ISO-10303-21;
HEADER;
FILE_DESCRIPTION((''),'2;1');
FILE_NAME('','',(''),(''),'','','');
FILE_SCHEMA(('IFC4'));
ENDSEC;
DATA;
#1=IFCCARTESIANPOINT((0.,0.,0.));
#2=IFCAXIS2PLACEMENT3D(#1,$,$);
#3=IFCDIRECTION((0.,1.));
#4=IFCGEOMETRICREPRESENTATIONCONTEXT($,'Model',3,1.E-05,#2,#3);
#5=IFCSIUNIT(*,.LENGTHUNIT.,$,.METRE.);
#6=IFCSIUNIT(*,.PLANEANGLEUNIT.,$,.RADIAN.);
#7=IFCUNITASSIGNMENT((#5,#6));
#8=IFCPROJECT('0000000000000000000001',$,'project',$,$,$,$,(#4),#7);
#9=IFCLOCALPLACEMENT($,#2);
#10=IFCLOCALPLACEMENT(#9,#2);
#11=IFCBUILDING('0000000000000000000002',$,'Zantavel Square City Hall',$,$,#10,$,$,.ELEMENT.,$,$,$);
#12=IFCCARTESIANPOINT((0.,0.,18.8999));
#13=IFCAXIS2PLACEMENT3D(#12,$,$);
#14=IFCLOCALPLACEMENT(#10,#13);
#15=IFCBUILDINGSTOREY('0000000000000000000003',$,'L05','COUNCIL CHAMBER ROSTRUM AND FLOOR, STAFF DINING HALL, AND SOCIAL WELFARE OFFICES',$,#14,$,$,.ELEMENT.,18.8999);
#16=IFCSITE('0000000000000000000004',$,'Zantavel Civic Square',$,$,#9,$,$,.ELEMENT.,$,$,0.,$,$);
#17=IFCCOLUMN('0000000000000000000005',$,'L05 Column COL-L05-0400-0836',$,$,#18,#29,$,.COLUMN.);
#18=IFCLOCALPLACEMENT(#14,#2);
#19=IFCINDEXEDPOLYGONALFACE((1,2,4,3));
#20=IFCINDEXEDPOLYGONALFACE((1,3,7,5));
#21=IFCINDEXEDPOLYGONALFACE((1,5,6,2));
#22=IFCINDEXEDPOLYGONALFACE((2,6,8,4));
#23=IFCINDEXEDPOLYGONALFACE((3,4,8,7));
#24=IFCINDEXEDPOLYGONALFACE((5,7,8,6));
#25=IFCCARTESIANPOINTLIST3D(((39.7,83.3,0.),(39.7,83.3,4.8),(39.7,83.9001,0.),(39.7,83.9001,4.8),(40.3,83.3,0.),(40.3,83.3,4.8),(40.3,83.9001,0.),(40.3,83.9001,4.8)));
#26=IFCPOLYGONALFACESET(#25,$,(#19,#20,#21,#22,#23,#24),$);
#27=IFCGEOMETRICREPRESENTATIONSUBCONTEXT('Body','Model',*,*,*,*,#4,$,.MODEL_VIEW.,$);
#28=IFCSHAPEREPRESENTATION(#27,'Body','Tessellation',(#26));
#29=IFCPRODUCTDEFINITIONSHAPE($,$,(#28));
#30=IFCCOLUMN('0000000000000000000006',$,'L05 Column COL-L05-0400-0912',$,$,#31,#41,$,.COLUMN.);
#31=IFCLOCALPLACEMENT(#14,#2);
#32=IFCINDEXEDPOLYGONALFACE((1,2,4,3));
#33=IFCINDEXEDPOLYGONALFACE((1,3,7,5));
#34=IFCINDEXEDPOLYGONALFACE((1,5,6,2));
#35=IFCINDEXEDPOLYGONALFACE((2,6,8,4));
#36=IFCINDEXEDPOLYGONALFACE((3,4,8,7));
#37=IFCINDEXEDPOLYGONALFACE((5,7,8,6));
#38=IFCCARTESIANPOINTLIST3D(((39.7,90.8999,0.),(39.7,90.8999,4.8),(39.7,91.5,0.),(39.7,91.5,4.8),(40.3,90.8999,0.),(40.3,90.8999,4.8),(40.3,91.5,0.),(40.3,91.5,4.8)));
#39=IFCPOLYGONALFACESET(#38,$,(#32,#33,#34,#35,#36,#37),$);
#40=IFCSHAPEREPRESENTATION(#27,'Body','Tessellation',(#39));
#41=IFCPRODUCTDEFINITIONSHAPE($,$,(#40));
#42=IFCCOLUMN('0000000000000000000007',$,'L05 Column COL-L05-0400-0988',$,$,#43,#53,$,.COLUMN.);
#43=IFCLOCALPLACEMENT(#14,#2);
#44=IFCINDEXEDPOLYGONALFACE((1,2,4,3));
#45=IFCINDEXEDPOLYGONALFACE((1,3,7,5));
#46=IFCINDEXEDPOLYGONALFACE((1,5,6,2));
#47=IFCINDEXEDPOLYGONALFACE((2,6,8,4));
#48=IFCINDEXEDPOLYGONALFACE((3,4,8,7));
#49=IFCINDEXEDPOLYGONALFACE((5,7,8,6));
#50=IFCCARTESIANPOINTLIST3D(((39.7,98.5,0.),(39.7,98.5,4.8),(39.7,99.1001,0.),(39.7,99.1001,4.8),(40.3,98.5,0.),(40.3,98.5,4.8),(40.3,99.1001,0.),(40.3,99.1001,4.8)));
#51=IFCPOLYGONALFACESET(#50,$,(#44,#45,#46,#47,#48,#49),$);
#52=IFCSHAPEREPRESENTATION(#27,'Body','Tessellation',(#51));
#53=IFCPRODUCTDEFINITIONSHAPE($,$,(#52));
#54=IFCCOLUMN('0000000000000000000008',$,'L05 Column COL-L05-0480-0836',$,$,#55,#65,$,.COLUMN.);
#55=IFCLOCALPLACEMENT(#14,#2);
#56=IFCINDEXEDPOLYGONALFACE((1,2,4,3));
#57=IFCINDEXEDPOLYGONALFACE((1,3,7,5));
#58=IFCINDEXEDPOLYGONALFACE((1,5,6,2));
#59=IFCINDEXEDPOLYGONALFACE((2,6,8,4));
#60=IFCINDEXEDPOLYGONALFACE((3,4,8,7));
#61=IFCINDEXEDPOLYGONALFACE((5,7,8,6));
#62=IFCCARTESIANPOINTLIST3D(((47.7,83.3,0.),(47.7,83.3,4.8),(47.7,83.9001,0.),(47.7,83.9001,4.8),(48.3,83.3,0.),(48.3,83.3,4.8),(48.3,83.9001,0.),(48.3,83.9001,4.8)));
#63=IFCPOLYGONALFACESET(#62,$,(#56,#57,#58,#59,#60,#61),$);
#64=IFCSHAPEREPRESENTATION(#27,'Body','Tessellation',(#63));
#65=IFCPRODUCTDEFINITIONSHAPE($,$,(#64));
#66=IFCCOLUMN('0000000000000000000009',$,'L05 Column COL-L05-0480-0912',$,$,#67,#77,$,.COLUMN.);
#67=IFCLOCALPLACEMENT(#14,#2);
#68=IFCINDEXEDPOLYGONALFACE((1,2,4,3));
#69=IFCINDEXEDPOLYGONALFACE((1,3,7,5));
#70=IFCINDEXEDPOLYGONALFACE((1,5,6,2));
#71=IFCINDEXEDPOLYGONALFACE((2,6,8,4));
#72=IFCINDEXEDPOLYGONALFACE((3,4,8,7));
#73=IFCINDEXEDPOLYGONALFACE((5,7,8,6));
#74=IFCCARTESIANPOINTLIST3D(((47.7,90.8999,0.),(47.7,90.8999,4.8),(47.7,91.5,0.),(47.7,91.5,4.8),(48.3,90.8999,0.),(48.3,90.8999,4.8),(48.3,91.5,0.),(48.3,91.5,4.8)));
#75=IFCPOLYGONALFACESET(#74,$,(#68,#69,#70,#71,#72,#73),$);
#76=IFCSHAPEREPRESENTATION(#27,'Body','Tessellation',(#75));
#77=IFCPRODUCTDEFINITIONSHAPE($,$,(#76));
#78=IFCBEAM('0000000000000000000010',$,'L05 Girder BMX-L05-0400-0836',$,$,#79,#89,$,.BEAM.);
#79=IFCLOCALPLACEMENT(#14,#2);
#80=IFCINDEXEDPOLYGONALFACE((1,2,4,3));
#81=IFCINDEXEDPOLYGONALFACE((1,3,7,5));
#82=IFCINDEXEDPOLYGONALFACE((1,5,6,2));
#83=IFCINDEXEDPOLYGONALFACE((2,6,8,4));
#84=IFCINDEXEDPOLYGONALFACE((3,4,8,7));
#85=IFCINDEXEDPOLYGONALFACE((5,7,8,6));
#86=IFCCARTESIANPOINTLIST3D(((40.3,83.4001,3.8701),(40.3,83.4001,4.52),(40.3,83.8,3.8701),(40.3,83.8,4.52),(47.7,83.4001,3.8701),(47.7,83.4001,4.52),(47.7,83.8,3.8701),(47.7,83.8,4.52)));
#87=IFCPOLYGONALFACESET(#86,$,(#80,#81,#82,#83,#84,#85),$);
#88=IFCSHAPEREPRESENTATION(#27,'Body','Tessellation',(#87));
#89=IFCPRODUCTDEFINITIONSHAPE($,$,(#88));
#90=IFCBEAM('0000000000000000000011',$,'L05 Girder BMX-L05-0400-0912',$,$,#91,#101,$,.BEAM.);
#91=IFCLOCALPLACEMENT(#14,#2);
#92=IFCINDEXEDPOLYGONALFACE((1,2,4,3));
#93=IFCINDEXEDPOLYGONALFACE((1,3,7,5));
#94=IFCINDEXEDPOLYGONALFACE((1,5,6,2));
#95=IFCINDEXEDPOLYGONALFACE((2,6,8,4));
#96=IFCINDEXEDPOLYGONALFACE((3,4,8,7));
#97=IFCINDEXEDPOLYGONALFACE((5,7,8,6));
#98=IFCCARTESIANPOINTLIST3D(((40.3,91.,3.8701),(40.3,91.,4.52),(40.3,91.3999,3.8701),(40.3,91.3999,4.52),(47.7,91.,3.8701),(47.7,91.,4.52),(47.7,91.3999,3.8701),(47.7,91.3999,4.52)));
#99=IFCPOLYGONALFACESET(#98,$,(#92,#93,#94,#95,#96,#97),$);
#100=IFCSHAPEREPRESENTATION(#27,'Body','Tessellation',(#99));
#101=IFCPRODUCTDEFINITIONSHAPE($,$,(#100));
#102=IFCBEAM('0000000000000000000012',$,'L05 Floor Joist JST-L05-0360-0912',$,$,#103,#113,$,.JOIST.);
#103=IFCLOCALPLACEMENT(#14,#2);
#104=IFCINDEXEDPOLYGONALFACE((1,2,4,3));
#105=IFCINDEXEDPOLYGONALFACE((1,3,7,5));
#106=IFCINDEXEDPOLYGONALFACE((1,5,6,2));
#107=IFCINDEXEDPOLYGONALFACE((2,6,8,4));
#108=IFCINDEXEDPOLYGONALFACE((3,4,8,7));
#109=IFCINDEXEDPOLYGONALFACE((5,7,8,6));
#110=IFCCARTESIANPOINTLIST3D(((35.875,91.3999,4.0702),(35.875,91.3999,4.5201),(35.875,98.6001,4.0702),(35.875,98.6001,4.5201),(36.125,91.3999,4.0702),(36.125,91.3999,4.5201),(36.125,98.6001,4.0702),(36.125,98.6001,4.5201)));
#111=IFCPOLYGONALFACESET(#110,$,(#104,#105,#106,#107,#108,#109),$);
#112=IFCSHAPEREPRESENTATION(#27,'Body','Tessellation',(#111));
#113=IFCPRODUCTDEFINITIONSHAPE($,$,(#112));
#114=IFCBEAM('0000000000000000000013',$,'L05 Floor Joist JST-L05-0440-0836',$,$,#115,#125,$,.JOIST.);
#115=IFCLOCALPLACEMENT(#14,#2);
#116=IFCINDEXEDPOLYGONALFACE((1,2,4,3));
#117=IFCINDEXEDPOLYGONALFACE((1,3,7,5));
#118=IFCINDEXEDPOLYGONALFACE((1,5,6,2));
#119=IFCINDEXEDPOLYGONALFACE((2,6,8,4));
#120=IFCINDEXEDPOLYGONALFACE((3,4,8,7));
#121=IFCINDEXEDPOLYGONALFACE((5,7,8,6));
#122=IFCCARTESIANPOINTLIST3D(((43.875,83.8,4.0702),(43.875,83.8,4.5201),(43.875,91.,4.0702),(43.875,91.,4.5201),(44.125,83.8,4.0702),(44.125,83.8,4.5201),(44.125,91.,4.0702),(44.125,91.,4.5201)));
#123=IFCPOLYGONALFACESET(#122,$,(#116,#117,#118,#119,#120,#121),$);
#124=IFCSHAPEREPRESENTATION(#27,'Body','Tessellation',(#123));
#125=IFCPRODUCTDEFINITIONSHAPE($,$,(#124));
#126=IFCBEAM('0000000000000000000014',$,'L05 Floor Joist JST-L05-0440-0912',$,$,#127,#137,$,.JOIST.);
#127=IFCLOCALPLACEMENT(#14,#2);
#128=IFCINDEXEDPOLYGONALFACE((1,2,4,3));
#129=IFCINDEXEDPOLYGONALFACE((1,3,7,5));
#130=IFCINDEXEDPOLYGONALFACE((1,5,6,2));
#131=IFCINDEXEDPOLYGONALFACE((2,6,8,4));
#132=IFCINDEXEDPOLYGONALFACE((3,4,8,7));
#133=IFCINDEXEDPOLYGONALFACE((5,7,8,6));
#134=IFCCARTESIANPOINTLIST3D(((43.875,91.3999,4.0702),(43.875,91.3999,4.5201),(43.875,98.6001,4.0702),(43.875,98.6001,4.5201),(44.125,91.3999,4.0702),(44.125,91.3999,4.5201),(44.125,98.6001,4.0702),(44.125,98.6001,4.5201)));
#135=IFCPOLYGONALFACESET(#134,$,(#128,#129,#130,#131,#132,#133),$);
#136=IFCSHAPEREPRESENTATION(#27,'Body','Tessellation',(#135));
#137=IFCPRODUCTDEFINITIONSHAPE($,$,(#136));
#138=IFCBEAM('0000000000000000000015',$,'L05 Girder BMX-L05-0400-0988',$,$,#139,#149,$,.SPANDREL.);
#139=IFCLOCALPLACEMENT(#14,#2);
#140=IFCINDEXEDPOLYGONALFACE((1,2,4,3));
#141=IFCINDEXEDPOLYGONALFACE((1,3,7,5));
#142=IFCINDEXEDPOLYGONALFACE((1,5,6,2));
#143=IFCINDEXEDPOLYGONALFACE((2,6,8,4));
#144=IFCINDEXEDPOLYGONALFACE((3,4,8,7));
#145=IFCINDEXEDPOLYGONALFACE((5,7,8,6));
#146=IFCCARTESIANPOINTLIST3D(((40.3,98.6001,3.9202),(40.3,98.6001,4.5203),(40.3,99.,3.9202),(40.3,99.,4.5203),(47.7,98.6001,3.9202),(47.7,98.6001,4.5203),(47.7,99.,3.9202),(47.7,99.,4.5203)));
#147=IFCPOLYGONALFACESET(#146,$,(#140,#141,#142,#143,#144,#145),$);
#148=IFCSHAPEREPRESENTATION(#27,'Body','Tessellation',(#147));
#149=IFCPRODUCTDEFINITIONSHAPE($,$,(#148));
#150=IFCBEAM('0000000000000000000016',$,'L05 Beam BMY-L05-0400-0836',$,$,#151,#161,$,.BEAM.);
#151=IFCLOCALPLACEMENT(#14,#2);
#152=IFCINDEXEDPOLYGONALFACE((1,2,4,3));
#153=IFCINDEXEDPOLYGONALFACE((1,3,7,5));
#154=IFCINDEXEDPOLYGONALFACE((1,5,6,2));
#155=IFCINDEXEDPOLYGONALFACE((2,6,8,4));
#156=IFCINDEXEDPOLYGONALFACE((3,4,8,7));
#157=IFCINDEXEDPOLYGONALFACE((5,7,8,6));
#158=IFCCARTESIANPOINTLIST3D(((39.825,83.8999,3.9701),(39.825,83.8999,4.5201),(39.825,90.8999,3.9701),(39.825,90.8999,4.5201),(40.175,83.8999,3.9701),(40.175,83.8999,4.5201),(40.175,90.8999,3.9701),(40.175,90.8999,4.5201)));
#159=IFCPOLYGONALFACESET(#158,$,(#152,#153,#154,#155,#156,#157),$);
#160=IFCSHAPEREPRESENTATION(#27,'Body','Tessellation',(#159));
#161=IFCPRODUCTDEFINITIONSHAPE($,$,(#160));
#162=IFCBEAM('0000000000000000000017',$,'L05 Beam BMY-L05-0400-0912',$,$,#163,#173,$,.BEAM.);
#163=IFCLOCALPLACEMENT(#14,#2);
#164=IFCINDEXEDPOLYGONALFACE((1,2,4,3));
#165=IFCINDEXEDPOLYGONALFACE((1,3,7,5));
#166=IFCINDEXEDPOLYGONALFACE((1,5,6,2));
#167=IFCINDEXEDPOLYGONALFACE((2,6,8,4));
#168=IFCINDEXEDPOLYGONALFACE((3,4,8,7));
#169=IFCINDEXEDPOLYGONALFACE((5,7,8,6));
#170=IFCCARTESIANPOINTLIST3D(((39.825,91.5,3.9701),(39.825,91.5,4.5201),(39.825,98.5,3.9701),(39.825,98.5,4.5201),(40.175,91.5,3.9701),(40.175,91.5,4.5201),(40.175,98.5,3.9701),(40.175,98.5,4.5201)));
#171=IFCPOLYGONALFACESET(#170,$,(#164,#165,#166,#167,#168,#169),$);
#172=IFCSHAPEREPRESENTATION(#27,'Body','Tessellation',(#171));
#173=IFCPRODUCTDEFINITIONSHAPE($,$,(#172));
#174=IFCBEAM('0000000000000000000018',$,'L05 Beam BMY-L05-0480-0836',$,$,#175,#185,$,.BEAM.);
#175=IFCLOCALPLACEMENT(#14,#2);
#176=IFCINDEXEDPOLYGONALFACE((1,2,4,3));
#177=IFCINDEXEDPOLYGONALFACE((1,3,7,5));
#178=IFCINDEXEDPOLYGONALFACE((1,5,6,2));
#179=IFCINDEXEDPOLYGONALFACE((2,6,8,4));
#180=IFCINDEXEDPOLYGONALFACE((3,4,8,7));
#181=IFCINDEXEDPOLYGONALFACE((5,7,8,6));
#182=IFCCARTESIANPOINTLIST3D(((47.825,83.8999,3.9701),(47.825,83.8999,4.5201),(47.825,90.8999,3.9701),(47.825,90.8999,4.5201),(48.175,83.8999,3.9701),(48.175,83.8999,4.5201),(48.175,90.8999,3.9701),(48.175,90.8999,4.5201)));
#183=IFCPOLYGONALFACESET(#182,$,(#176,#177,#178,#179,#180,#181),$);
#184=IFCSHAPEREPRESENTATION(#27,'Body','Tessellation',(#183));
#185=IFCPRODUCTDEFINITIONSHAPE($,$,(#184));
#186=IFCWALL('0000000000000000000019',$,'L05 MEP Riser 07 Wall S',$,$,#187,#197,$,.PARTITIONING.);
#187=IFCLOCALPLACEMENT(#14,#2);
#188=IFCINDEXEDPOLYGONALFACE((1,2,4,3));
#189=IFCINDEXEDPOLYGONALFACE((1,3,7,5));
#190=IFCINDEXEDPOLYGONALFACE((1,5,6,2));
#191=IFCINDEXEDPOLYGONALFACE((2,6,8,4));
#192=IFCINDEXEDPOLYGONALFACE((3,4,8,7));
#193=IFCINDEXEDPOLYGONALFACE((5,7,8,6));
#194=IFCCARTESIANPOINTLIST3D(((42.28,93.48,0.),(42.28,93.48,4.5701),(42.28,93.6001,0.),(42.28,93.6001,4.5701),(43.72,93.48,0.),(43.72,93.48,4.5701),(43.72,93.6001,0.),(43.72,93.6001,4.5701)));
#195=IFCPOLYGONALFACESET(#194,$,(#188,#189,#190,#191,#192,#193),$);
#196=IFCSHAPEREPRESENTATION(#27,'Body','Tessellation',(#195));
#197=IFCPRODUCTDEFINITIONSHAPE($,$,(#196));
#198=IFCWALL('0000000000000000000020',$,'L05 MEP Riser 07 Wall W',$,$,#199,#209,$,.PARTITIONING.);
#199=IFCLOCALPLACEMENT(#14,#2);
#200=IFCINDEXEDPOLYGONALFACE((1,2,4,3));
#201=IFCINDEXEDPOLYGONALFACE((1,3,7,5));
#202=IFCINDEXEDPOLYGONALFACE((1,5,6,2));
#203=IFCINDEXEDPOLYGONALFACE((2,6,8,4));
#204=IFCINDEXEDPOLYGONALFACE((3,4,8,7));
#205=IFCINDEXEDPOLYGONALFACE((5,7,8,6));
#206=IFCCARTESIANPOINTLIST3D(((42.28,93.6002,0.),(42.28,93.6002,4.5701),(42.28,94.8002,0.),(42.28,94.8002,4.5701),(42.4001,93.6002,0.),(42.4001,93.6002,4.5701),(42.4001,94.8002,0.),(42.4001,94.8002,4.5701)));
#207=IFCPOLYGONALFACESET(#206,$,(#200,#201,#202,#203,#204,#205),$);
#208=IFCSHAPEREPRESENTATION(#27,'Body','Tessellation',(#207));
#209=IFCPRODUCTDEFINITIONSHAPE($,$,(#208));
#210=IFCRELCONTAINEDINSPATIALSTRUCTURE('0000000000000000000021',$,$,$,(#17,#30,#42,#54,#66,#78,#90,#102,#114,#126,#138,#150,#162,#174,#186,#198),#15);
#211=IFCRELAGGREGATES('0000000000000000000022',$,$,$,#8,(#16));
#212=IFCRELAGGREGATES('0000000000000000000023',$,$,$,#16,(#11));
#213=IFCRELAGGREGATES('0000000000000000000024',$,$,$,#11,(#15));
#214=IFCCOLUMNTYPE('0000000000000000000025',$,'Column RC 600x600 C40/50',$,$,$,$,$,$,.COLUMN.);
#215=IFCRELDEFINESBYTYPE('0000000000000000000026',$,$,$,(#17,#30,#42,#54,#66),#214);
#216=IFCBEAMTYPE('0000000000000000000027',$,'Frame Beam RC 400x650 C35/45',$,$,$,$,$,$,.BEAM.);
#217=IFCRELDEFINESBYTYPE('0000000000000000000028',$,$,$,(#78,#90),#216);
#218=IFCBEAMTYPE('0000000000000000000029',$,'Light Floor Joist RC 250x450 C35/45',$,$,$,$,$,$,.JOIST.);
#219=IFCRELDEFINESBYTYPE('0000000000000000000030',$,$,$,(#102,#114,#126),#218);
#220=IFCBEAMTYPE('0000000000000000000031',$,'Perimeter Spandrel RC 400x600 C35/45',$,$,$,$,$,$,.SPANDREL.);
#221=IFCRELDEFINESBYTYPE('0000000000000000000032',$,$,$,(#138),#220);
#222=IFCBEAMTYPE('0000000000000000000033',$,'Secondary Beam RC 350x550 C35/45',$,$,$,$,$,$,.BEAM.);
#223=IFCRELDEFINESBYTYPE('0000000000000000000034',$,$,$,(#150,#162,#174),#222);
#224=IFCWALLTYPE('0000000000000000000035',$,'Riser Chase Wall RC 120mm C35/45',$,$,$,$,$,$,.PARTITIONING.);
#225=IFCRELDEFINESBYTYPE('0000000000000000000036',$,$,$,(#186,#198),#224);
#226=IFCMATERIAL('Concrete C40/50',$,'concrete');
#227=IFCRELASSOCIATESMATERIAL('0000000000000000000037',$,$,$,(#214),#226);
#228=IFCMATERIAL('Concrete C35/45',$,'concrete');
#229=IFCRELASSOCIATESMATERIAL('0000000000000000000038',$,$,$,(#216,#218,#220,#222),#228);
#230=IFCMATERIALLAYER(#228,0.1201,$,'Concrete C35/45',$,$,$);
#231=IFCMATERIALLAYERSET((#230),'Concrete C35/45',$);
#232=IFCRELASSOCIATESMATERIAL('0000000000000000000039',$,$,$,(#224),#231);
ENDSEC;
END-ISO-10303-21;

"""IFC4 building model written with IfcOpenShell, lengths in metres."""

from ifc_helpers import new_model, si_unit, direction, frame, frame_2d, origin, origin_2d, place, context, subcontext, project, spatial, rectangle, extrude, material, layer, layer_set, material_profile, profile_set, type_object, element, save


model = new_model("IFC4")

# Units and contexts
model_context = context("Model", 3, precision=1e-05, world=origin(), true_north=direction((0.0, 1.0)))
body_context = subcontext(model_context, "Body", "Model", "MODEL_VIEW")
ifc_project = project(units=[si_unit("LENGTHUNIT", "METRE"), si_unit("PLANEANGLEUNIT", "RADIAN")], contexts=[model_context])

# Site, building, storey
site_placement = place(None, origin())
site = spatial("IfcSite", under=ifc_project, at=site_placement, Name="Zantavel Civic Square", CompositionType="ELEMENT", RefElevation=0.0)
building_placement = place(site_placement, origin())
building = spatial("IfcBuilding", under=site, at=building_placement, Name="Zantavel Square City Hall", CompositionType="ELEMENT")
storey_placement = place(building_placement, frame((0.0, 0.0, 18.8999)))
storey = spatial("IfcBuildingStorey", under=building, at=storey_placement, Name="L05", Description="COUNCIL CHAMBER ROSTRUM AND FLOOR, STAFF DINING HALL, AND SOCIAL WELFARE OFFICES", CompositionType="ELEMENT", Elevation=18.8999)

# Columns
ifc_material_1 = material(Name="Concrete C40/50", Category="concrete")
ifc_material_profile_1 = material_profile(ifc_material_1, rectangle(XDim=0.6001, YDim=0.6001, at=origin_2d()), Name="RC 600x600")
ifc_profile_set_1 = profile_set([ifc_material_profile_1], Name="Concrete C40/50")
column_type = type_object("IfcColumnType", Name="Column RC 600x600 C40/50", PredefinedType="COLUMN", material=ifc_profile_set_1)
for number, where, z_axis, x_axis, name in (
    (1, (40.0, 83.6001, 0.0), (0.0, 0.0, 1.0), (1.0, 0.0, 0.0), "L05 Column COL-L05-0400-0836"),
    (2, (40.0, 91.2, 0.0), (0.0, 0.0, 1.0), (1.0, 0.0, 0.0), "L05 Column COL-L05-0400-0912"),
    (3, (40.0, 98.8, 0.0), (0.0, 0.0, 1.0), (1.0, 0.0, 0.0), "L05 Column COL-L05-0400-0988"),
    (4, (48.0, 83.6001, 0.0), (0.0, 0.0, 1.0), (1.0, 0.0, 0.0), "L05 Column COL-L05-0480-0836"),
    (5, (48.0, 91.2, 0.0), (0.0, 0.0, 1.0), (1.0, 0.0, 0.0), "L05 Column COL-L05-0480-0912"),
):
    element("IfcColumn", number, at=place(storey_placement, frame(where, z_axis=z_axis, x_axis=x_axis)), inside=storey, type_object=column_type, Name=name, PredefinedType="COLUMN", context=body_context, shape_type="SweptSolid", body=[
        extrude(rectangle(XDim=0.6001, YDim=0.6001, at=origin_2d()), origin(), (0.0, 0.0, 1.0), 4.8),
    ])

# Beams
ifc_material_2 = material(Name="Concrete C35/45", Category="concrete")
ifc_material_profile_2 = material_profile(ifc_material_2, rectangle(XDim=0.3999, YDim=0.6499, at=origin_2d()), Name="RC 400x650")
ifc_profile_set_2 = profile_set([ifc_material_profile_2], Name="Concrete C35/45")
beam_type_1 = type_object("IfcBeamType", Name="Frame Beam RC 400x650 C35/45", PredefinedType="BEAM", material=ifc_profile_set_2)
for number, where, z_axis, x_axis, name in (
    (6, (40.3, 83.6001, 4.1951), (1.0, 0.0, 0.0), (0.0, 1.0, 0.0), "L05 Girder BMX-L05-0400-0836"),
    (7, (40.3, 91.2, 4.1951), (1.0, 0.0, 0.0), (0.0, 1.0, 0.0), "L05 Girder BMX-L05-0400-0912"),
):
    element("IfcBeam", number, at=place(storey_placement, frame(where, z_axis=z_axis, x_axis=x_axis)), inside=storey, type_object=beam_type_1, Name=name, PredefinedType="BEAM", context=body_context, shape_type="SweptSolid", body=[
        extrude(rectangle(XDim=0.3999, YDim=0.6499, at=origin_2d()), origin(), (0.0, 0.0, 1.0), 7.3999),
    ])
ifc_material_profile_3 = material_profile(ifc_material_2, rectangle(XDim=0.25, YDim=0.45, at=origin_2d()), Name="RC 250x450")
ifc_profile_set_3 = profile_set([ifc_material_profile_3], Name="Concrete C35/45")
beam_type_2 = type_object("IfcBeamType", Name="Light Floor Joist RC 250x450 C35/45", PredefinedType="JOIST", material=ifc_profile_set_3)
beam_1_placement = place(storey_placement, frame((36.0, 91.3999, 4.2952), z_axis=(0.0, 1.0, 0.0), x_axis=(-1.0, 0.0, 0.0)))
element("IfcBeam", 8, at=beam_1_placement, inside=storey, type_object=beam_type_2, Name="L05 Floor Joist JST-L05-0360-0912", PredefinedType="JOIST", context=body_context, shape_type="SweptSolid", body=[
    extrude(rectangle(XDim=0.25, YDim=0.45, at=origin_2d()), origin(), (0.0, 0.0, 1.0), 7.2002),
])
beam_2_placement = place(storey_placement, frame((44.0, 83.8, 4.2952), z_axis=(0.0, 1.0, 0.0), x_axis=(-1.0, 0.0, 0.0)))
element("IfcBeam", 9, at=beam_2_placement, inside=storey, type_object=beam_type_2, Name="L05 Floor Joist JST-L05-0440-0836", PredefinedType="JOIST", context=body_context, shape_type="SweptSolid", body=[
    extrude(rectangle(XDim=0.25, YDim=0.45, at=origin_2d()), origin(), (0.0, 0.0, 1.0), 7.2),
])
beam_3_placement = place(storey_placement, frame((44.0, 91.3999, 4.2952), z_axis=(0.0, 1.0, 0.0), x_axis=(-1.0, 0.0, 0.0)))
element("IfcBeam", 10, at=beam_3_placement, inside=storey, type_object=beam_type_2, Name="L05 Floor Joist JST-L05-0440-0912", PredefinedType="JOIST", context=body_context, shape_type="SweptSolid", body=[
    extrude(rectangle(XDim=0.25, YDim=0.45, at=origin_2d()), origin(), (0.0, 0.0, 1.0), 7.2002),
])
ifc_material_profile_4 = material_profile(ifc_material_2, rectangle(XDim=0.3999, YDim=0.6001, at=origin_2d()), Name="RC 400x600")
ifc_profile_set_4 = profile_set([ifc_material_profile_4], Name="Concrete C35/45")
beam_type_3 = type_object("IfcBeamType", Name="Perimeter Spandrel RC 400x600 C35/45", PredefinedType="SPANDREL", material=ifc_profile_set_4)
beam_4_placement = place(storey_placement, frame((40.3, 98.8, 4.2202), z_axis=(1.0, 0.0, 0.0), x_axis=(0.0, 1.0, 0.0)))
element("IfcBeam", 11, at=beam_4_placement, inside=storey, type_object=beam_type_3, Name="L05 Girder BMX-L05-0400-0988", PredefinedType="SPANDREL", context=body_context, shape_type="SweptSolid", body=[
    extrude(rectangle(XDim=0.3999, YDim=0.6001, at=origin_2d()), origin(), (0.0, 0.0, 1.0), 7.3999),
])
ifc_material_profile_5 = material_profile(ifc_material_2, rectangle(XDim=0.3501, YDim=0.55, at=origin_2d()), Name="RC 350x550")
ifc_profile_set_5 = profile_set([ifc_material_profile_5], Name="Concrete C35/45")
beam_type_4 = type_object("IfcBeamType", Name="Secondary Beam RC 350x550 C35/45", PredefinedType="BEAM", material=ifc_profile_set_5)
for number, where, z_axis, x_axis, name in (
    (12, (40.0, 83.8999, 4.2451), (0.0, 1.0, 0.0), (-1.0, 0.0, 0.0), "L05 Beam BMY-L05-0400-0836"),
    (13, (40.0, 91.5, 4.2451), (0.0, 1.0, 0.0), (-1.0, 0.0, 0.0), "L05 Beam BMY-L05-0400-0912"),
    (14, (48.0, 83.8999, 4.2451), (0.0, 1.0, 0.0), (-1.0, 0.0, 0.0), "L05 Beam BMY-L05-0480-0836"),
):
    element("IfcBeam", number, at=place(storey_placement, frame(where, z_axis=z_axis, x_axis=x_axis)), inside=storey, type_object=beam_type_4, Name=name, PredefinedType="BEAM", context=body_context, shape_type="SweptSolid", body=[
        extrude(rectangle(XDim=0.3501, YDim=0.55, at=origin_2d()), origin(), (0.0, 0.0, 1.0), 7.0),
    ])

# Walls
ifc_layer_1 = layer(ifc_material_2, 0.1201, Name="Concrete C35/45")
ifc_layer_set_1 = layer_set([ifc_layer_1], Name="Concrete C35/45")
wall_type_1 = type_object("IfcWallType", Name="Riser Chase Wall RC 120mm C35/45", PredefinedType="PARTITIONING", material=ifc_layer_set_1)
wall_1_placement = place(storey_placement, frame((43.72, 93.54, 0.0), z_axis=(0.0, 0.0, 1.0), x_axis=(-1.0, 0.0, 0.0)))
element("IfcWall", 15, at=wall_1_placement, inside=storey, type_object=wall_type_1, Name="L05 MEP Riser 07 Wall S", PredefinedType="PARTITIONING", context=body_context, shape_type="SweptSolid", body=[
    extrude(rectangle(XDim=1.4399, YDim=0.1201, at=frame_2d((0.72, 0.0))), origin(), (0.0, 0.0, 1.0), 4.5701),
])
wall_2_placement = place(storey_placement, frame((42.3401, 93.6001, 0.0), z_axis=(0.0, 0.0, 1.0), x_axis=(0.0, 1.0, 0.0)))
element("IfcWall", 16, at=wall_2_placement, inside=storey, type_object=wall_type_1, Name="L05 MEP Riser 07 Wall W", PredefinedType="PARTITIONING", context=body_context, shape_type="SweptSolid", body=[
    extrude(rectangle(XDim=1.2, YDim=0.1201, at=frame_2d((0.6001, 0.0))), origin(), (0.0, 0.0, 1.0), 4.5701),
])

save(model, "model.ifc")
